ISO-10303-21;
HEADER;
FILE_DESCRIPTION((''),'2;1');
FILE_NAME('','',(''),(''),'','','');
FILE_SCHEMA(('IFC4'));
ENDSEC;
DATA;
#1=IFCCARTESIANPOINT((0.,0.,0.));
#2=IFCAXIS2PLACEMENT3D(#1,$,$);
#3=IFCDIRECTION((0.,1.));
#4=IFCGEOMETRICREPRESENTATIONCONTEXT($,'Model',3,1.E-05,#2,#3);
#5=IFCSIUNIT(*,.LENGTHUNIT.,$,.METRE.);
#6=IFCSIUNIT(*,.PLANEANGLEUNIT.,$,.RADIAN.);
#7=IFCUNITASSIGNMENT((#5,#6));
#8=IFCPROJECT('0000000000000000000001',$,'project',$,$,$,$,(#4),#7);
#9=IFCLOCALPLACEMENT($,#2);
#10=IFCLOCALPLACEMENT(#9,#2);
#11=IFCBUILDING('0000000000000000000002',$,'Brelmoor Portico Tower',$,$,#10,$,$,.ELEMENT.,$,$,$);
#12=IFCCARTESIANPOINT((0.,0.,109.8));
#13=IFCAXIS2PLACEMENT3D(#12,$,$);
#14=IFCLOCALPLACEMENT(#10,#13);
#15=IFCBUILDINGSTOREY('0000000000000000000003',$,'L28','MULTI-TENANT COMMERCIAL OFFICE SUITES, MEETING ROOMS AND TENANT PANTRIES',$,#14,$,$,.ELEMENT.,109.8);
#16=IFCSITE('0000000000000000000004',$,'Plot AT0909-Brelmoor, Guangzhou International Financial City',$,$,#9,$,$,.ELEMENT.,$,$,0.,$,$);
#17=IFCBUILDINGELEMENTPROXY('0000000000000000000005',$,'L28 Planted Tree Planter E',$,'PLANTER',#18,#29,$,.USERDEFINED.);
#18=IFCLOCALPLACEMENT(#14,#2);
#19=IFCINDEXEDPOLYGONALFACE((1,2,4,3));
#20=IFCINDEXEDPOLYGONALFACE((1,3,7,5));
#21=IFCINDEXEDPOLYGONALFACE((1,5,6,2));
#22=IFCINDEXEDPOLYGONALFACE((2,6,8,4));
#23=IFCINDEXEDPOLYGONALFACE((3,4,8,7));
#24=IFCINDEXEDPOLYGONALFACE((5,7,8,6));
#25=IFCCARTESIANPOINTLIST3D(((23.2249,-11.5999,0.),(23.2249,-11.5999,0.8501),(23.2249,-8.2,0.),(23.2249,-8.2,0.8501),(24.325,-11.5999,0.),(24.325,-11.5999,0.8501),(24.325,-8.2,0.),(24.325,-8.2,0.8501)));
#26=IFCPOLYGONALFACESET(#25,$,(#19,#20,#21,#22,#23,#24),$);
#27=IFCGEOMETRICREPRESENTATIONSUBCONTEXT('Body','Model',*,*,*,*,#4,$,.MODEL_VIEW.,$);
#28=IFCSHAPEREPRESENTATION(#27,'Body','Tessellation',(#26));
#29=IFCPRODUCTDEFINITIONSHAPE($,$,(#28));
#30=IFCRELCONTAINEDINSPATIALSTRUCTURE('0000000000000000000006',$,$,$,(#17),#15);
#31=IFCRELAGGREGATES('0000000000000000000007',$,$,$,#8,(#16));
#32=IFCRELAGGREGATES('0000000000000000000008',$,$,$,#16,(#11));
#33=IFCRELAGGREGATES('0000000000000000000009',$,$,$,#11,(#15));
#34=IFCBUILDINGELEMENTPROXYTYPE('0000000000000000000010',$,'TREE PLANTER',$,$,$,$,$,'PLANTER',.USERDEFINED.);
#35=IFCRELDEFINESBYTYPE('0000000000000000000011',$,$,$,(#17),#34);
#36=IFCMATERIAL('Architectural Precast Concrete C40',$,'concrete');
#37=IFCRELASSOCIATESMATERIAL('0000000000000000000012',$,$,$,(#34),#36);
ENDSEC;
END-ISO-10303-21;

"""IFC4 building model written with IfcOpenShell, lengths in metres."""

from ifc_helpers import new_model, si_unit, direction, frame, origin, origin_2d, place, context, subcontext, project, spatial, rectangle, extrude, material, type_object, element, save


model = new_model("IFC4")

# Units and contexts
model_context = context("Model", 3, precision=1e-05, world=origin(), true_north=direction((0.0, 1.0)))
body_context = subcontext(model_context, "Body", "Model", "MODEL_VIEW")
ifc_project = project(units=[si_unit("LENGTHUNIT", "METRE"), si_unit("PLANEANGLEUNIT", "RADIAN")], contexts=[model_context])

# Site, building, storey
site_placement = place(None, origin())
site = spatial("IfcSite", under=ifc_project, at=site_placement, Name="Plot AT0909-Brelmoor, Guangzhou International Financial City", CompositionType="ELEMENT", RefElevation=0.0)
building_placement = place(site_placement, origin())
building = spatial("IfcBuilding", under=site, at=building_placement, Name="Brelmoor Portico Tower", CompositionType="ELEMENT")
storey_placement = place(building_placement, frame((0.0, 0.0, 109.8)))
storey = spatial("IfcBuildingStorey", under=building, at=storey_placement, Name="L28", Description="MULTI-TENANT COMMERCIAL OFFICE SUITES, MEETING ROOMS AND TENANT PANTRIES", CompositionType="ELEMENT", Elevation=109.8)

# Building element proxy
ifc_material_1 = material(Name="Architectural Precast Concrete C40", Category="concrete")
building_element_proxy_type_1 = type_object("IfcBuildingElementProxyType", Name="TREE PLANTER", ElementType="PLANTER", PredefinedType="USERDEFINED", material=ifc_material_1)
proxy_1_placement = place(storey_placement, frame((23.7749, -9.8999, 0.0), z_axis=(0.0, 0.0, 1.0), x_axis=(0.0, 1.0, 0.0)))
element("IfcBuildingElementProxy", 1, at=proxy_1_placement, inside=storey, type_object=building_element_proxy_type_1, Name="L28 Planted Tree Planter E", ObjectType="PLANTER", PredefinedType="USERDEFINED", context=body_context, shape_type="SweptSolid", body=[
    extrude(rectangle(XDim=3.3999, YDim=1.1001, at=origin_2d()), origin(), (0.0, 0.0, 1.0), 0.8501),
])

save(model, "model.ifc")
